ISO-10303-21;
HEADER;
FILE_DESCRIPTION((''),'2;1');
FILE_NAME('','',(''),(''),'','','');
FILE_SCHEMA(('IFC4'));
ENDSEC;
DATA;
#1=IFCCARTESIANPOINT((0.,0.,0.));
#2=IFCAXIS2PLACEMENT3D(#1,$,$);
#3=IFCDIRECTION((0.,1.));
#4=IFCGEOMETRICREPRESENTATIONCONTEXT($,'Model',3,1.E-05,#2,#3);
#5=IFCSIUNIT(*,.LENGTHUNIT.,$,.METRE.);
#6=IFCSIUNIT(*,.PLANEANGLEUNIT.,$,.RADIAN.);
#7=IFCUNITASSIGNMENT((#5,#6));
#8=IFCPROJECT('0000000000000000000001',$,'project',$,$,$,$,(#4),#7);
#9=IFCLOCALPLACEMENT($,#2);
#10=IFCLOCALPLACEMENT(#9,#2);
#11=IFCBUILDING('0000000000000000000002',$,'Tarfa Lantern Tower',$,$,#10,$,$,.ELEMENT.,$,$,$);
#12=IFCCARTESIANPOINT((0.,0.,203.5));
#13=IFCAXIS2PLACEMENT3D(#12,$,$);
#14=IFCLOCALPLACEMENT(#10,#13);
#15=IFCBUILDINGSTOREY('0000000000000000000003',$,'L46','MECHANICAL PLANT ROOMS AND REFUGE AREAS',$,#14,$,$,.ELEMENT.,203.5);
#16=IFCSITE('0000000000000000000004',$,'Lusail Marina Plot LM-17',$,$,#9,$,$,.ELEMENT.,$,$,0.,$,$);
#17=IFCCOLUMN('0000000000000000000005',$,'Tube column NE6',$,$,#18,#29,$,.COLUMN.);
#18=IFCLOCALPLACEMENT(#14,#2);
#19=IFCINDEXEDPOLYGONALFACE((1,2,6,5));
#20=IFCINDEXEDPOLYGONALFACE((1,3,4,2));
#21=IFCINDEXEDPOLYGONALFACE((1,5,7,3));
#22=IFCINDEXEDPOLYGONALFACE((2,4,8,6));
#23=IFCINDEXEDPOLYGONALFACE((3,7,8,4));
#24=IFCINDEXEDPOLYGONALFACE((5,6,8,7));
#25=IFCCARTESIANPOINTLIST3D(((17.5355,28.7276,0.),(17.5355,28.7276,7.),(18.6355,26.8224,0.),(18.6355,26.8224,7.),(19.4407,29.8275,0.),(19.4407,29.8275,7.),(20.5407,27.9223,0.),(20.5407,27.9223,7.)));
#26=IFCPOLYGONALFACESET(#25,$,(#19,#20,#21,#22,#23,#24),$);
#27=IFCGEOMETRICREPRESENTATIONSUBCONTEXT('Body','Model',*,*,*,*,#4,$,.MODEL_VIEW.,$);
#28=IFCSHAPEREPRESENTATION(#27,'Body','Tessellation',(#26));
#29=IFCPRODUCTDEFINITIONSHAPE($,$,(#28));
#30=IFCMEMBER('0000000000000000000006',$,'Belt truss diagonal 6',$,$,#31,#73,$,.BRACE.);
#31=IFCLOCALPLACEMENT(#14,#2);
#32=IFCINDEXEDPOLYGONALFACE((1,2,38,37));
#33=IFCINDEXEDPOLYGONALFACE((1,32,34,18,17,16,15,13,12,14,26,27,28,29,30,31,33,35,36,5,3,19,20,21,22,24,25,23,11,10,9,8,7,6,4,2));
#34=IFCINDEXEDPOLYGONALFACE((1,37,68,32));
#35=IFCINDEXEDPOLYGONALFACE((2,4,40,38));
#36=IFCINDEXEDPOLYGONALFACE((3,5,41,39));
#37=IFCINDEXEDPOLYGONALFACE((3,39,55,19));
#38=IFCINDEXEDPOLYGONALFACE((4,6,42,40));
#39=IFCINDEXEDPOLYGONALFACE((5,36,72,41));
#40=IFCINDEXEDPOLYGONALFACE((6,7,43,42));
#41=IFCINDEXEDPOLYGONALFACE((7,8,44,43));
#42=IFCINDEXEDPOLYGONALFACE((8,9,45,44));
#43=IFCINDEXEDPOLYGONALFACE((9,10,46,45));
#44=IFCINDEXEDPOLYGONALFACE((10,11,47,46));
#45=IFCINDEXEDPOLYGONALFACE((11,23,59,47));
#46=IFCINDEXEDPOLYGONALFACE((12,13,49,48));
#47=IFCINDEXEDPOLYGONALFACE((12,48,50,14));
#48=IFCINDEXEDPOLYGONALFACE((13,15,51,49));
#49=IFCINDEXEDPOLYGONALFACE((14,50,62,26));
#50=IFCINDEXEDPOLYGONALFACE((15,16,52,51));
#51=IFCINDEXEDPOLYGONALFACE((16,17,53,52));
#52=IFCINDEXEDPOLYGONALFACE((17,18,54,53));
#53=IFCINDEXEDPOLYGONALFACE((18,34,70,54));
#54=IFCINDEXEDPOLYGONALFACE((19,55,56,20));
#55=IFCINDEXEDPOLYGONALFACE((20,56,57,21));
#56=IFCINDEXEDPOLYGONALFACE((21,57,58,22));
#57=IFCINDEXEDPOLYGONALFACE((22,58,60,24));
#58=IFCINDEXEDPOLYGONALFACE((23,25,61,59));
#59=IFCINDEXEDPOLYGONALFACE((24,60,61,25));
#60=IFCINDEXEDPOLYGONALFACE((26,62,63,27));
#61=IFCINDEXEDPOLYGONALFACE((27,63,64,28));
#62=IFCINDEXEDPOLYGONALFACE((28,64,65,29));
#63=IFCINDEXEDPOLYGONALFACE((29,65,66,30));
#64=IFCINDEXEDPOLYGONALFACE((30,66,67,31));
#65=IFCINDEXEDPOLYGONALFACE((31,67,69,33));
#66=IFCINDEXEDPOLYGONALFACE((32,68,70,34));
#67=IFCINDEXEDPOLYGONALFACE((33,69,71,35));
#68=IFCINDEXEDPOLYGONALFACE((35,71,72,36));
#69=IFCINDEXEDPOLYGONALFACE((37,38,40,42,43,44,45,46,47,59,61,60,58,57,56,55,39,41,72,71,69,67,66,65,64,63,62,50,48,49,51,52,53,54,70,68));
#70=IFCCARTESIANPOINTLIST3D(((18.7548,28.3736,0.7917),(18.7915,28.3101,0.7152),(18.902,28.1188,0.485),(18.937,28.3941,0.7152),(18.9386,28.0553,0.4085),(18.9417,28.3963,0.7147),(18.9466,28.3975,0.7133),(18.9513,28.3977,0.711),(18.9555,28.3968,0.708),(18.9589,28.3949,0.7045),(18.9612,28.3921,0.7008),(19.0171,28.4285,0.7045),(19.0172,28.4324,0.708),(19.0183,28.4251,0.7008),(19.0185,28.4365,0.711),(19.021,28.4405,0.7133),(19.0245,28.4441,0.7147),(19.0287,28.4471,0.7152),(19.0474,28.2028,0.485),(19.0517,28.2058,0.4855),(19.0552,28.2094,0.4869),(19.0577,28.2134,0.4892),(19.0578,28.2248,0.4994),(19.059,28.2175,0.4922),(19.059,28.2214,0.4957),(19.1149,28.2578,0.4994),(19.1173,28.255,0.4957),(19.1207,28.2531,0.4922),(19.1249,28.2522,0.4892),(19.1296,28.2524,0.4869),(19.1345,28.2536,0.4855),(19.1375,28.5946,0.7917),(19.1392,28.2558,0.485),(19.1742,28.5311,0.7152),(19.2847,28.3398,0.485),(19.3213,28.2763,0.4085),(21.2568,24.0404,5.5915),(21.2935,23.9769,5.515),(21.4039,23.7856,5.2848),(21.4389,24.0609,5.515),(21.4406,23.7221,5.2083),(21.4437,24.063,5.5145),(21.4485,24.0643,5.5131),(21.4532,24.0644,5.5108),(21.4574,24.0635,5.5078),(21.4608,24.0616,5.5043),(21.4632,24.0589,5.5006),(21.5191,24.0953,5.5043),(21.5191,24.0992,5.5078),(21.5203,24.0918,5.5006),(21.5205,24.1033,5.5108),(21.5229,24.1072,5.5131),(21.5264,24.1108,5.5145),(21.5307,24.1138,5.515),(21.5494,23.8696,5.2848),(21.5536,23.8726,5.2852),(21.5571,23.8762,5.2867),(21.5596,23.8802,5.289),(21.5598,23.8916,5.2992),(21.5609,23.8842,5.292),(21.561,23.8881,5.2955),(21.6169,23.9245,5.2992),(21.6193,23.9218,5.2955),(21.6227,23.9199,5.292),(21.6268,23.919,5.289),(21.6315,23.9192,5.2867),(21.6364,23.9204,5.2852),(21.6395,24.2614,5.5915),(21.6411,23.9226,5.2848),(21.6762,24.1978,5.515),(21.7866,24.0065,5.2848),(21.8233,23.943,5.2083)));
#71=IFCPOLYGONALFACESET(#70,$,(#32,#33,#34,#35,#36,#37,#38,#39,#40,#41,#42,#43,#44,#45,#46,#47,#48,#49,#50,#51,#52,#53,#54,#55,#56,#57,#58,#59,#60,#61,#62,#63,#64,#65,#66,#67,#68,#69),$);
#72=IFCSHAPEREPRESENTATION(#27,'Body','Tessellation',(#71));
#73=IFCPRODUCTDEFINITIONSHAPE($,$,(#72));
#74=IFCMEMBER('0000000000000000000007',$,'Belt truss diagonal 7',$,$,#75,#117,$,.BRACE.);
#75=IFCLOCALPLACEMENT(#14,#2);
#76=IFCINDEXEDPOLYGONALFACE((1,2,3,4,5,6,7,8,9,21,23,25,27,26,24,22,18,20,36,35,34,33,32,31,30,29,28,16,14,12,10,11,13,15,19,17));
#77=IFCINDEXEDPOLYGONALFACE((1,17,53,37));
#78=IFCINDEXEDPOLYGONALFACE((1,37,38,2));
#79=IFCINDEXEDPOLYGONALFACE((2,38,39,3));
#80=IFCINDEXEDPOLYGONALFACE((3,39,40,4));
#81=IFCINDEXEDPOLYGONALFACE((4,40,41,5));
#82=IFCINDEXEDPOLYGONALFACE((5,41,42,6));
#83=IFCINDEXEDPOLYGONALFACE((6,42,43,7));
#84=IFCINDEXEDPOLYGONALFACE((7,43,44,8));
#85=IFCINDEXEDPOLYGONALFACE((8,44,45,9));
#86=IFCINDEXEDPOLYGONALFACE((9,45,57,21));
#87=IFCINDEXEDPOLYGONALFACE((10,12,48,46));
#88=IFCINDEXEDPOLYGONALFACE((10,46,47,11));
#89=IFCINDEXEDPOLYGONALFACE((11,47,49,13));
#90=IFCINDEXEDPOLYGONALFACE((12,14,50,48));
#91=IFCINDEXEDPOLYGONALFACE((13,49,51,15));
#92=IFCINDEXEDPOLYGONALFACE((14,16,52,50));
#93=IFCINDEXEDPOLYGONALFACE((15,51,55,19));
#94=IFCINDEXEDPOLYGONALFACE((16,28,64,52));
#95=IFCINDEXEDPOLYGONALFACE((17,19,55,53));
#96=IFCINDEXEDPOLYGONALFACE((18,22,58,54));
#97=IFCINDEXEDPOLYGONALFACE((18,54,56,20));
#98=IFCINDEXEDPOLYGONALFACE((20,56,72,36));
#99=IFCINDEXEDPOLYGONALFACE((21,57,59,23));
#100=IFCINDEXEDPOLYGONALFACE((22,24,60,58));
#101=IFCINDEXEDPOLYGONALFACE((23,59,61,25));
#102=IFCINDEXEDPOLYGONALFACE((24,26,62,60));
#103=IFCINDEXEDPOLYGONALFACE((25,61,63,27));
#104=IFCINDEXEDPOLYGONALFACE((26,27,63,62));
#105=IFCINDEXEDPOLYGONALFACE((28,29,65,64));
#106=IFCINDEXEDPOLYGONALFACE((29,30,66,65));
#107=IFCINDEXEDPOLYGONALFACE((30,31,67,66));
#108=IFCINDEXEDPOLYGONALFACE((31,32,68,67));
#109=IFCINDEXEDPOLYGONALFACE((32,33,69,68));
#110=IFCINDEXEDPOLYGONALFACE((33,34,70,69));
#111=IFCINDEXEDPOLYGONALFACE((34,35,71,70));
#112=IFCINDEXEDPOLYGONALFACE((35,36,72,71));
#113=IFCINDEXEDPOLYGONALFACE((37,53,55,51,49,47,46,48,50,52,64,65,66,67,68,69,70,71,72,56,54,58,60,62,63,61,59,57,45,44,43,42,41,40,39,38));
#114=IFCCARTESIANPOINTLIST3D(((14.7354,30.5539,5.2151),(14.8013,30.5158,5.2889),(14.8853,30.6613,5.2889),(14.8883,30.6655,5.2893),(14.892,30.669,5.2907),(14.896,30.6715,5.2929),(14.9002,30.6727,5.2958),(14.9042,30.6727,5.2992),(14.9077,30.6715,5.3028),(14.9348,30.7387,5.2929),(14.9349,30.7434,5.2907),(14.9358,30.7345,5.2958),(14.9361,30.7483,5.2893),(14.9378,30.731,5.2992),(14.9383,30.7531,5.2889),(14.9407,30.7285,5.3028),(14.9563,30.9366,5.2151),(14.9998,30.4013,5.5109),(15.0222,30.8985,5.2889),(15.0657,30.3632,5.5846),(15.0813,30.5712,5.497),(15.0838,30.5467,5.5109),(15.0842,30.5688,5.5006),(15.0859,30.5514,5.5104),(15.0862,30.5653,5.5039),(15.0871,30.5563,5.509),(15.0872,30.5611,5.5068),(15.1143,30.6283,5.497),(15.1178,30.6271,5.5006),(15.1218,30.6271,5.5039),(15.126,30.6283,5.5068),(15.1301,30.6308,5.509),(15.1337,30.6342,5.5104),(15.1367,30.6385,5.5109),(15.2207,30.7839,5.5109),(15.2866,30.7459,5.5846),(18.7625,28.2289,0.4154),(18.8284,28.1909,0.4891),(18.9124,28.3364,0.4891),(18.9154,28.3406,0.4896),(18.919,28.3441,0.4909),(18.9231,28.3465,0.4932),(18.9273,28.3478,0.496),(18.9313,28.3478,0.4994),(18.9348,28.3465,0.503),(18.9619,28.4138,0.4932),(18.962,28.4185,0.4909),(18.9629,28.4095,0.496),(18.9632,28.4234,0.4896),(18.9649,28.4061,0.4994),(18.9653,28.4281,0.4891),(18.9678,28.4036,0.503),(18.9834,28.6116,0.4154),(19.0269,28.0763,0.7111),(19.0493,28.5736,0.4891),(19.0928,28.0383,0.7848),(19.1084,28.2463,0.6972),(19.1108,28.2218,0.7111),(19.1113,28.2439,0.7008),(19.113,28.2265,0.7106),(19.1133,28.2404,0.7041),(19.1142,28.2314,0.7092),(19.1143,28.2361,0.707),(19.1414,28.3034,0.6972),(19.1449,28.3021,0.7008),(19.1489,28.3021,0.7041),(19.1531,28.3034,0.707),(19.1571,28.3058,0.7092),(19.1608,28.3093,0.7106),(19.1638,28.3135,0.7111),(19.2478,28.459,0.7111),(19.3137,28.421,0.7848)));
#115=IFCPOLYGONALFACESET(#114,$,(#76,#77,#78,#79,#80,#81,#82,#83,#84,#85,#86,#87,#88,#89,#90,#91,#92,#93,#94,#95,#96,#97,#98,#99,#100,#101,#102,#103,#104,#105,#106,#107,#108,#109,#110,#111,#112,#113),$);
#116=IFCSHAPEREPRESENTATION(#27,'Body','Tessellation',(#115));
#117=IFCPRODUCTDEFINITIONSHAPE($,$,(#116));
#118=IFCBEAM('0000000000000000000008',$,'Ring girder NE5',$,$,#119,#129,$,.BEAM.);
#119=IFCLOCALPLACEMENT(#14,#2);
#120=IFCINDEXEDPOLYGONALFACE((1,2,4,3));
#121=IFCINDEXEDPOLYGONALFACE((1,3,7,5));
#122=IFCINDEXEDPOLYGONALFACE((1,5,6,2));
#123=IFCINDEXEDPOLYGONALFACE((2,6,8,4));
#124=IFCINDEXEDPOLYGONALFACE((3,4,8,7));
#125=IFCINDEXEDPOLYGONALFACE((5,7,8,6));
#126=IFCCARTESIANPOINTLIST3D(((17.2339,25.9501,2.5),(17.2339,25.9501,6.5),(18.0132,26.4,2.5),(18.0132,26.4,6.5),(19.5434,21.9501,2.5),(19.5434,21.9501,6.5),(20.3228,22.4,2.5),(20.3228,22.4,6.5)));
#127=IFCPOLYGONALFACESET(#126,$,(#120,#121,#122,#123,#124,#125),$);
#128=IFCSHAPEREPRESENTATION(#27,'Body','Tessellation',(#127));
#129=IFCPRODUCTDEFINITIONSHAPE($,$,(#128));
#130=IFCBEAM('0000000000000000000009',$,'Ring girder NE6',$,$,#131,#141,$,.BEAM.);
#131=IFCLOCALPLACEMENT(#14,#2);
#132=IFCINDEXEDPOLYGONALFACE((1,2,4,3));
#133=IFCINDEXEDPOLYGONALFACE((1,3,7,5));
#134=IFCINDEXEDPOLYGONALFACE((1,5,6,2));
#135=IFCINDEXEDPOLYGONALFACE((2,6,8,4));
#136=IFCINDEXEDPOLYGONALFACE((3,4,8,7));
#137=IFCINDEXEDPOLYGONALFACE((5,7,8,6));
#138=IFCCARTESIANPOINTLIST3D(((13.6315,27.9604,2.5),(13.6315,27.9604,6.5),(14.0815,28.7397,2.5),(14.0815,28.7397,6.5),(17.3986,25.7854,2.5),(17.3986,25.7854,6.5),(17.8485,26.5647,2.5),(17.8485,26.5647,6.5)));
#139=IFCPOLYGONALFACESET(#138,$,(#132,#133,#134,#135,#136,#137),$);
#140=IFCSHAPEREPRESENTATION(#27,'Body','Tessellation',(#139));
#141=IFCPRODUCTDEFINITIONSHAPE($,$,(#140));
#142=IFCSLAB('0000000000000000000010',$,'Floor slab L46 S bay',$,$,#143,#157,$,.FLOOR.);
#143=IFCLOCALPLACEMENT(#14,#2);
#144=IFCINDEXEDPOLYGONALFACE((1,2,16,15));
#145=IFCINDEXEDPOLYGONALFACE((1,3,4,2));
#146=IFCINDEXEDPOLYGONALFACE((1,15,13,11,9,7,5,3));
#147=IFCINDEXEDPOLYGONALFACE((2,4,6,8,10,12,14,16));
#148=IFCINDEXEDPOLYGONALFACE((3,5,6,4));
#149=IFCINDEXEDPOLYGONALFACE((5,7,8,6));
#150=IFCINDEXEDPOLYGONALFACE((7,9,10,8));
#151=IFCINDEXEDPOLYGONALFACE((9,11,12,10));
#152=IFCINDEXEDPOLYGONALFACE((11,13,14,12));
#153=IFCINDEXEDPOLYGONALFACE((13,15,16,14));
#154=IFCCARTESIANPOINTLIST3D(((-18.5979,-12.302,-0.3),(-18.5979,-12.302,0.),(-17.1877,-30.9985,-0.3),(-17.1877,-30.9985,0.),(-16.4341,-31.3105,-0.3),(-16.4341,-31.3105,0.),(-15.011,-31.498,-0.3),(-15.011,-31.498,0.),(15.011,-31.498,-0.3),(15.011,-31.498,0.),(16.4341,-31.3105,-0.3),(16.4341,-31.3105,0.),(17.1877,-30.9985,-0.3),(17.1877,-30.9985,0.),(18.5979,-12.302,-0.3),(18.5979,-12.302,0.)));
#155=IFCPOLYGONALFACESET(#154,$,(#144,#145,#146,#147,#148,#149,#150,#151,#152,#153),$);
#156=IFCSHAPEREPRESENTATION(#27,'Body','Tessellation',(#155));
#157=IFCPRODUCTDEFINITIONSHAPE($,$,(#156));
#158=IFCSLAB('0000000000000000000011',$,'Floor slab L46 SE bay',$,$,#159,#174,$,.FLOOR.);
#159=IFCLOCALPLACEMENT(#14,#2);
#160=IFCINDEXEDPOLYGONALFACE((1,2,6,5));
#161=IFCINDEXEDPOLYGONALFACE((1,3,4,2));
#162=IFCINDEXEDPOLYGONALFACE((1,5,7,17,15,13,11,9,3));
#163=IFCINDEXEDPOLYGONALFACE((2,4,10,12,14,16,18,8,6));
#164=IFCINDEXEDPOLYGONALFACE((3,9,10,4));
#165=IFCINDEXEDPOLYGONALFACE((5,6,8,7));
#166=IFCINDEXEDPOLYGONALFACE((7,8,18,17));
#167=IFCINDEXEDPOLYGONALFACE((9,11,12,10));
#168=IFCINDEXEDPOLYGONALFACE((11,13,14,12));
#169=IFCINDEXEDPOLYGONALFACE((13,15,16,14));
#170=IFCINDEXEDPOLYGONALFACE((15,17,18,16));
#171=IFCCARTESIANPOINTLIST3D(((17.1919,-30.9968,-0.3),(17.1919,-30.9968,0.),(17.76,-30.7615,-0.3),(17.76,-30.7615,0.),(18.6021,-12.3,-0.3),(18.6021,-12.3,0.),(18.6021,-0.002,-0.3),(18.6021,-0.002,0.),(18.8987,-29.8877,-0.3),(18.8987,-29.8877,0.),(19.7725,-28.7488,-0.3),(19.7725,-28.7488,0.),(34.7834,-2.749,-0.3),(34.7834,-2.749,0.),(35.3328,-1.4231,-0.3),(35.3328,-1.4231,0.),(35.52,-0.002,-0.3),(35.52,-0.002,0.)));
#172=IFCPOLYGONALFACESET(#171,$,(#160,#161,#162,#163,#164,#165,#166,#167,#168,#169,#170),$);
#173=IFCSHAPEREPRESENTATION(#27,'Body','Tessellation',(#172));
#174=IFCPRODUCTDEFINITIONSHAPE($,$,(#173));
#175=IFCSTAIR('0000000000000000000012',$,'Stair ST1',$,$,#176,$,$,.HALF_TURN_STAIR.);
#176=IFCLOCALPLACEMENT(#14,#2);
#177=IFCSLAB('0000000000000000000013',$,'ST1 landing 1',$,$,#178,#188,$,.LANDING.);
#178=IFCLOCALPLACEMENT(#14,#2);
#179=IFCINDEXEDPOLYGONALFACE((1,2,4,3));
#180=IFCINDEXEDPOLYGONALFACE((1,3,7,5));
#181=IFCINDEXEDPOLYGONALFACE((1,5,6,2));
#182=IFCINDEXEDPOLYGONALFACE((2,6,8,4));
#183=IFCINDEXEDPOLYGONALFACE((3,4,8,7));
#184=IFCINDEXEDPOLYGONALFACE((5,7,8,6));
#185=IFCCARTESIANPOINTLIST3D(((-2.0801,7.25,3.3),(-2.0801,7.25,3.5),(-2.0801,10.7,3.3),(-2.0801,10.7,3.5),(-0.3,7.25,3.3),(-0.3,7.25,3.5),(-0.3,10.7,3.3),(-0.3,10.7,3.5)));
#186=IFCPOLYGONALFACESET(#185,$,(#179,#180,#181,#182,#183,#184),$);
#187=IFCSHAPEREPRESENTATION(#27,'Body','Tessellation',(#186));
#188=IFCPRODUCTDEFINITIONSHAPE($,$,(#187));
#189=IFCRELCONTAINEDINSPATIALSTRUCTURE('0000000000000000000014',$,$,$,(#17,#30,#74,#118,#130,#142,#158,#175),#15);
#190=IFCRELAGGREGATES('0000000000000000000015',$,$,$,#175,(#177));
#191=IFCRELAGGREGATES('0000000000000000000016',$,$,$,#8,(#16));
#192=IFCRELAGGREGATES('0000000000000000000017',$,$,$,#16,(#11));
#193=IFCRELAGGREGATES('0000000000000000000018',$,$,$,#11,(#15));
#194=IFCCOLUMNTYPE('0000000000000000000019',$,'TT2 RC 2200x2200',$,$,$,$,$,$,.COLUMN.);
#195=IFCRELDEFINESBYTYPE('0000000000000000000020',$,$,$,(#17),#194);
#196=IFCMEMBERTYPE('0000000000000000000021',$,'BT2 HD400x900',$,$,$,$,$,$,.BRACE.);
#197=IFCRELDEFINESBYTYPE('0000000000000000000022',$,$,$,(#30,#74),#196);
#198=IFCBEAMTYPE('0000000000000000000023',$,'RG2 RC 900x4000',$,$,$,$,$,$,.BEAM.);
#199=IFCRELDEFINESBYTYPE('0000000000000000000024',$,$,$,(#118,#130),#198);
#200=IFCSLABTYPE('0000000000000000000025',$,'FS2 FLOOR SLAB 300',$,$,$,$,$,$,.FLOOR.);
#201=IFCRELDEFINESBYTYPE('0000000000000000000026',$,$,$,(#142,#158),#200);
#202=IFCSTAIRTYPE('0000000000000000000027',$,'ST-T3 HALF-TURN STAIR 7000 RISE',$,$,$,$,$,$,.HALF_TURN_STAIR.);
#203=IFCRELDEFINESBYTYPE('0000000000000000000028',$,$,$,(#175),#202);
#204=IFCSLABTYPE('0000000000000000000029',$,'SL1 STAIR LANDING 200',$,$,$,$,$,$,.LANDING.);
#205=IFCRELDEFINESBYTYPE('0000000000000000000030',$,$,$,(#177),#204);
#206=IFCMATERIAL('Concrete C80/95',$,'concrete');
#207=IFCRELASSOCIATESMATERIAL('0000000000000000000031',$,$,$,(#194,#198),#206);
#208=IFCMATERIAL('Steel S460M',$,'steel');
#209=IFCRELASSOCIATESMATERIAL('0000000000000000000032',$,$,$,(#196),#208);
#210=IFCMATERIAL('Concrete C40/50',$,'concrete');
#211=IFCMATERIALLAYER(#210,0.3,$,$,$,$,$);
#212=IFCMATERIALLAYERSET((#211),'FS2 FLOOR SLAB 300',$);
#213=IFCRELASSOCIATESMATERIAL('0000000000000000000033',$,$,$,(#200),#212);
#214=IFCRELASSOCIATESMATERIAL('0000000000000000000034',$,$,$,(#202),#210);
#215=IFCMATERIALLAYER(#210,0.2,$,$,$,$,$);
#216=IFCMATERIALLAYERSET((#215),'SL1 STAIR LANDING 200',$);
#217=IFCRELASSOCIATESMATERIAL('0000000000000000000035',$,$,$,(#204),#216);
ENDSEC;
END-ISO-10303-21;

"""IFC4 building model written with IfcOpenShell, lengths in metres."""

from ifc_helpers import new_model, si_unit, direction, frame, origin, origin_2d, place, context, subcontext, project, spatial, polyline, rectangle, i_section, outline, extrude, material, layer, layer_set, material_profile, profile_set, type_object, element, aggregate, save


model = new_model("IFC4")

# Units and contexts
model_context = context("Model", 3, precision=1e-05, world=origin(), true_north=direction((0.0, 1.0)))
body_context = subcontext(model_context, "Body", "Model", "MODEL_VIEW")
ifc_project = project(units=[si_unit("LENGTHUNIT", "METRE"), si_unit("PLANEANGLEUNIT", "RADIAN")], contexts=[model_context])

# Site, building, storey
site_placement = place(None, origin())
site = spatial("IfcSite", under=ifc_project, at=site_placement, Name="Lusail Marina Plot LM-17", CompositionType="ELEMENT", RefElevation=0.0)
building_placement = place(site_placement, origin())
building = spatial("IfcBuilding", under=site, at=building_placement, Name="Tarfa Lantern Tower", CompositionType="ELEMENT")
storey_placement = place(building_placement, frame((0.0, 0.0, 203.5)))
storey = spatial("IfcBuildingStorey", under=building, at=storey_placement, Name="L46", Description="MECHANICAL PLANT ROOMS AND REFUGE AREAS", CompositionType="ELEMENT", Elevation=203.5)

# Column
ifc_material_1 = material(Name="Concrete C80/95", Category="concrete")
ifc_material_profile_1 = material_profile(ifc_material_1, rectangle(XDim=2.2, YDim=2.2, at=origin_2d()), Name="RC 2200x2200")
ifc_profile_set_1 = profile_set([ifc_material_profile_1], Name="Concrete C80/95")
column_type = type_object("IfcColumnType", Name="TT2 RC 2200x2200", PredefinedType="COLUMN", material=ifc_profile_set_1)
column_placement = place(storey_placement, frame((19.0381, 28.325, 0.0), z_axis=(0.0, 0.0, 1.0), x_axis=(-0.5, 0.866025, 0.0)))
element("IfcColumn", 1, at=column_placement, inside=storey, type_object=column_type, Name="Tube column NE6", PredefinedType="COLUMN", context=body_context, shape_type="SweptSolid", body=[
    extrude(rectangle(XDim=2.2, YDim=2.2, at=origin_2d()), origin(), (0.0, 0.0, 1.0), 7.0),
])

# Members
ifc_material_2 = material(Name="Steel S460M", Category="steel")
ifc_material_profile_2 = material_profile(ifc_material_2, i_section(OverallWidth=0.4419, OverallDepth=0.531, WebThickness=0.0659, FlangeThickness=0.106, FilletRadius=0.02, at=origin_2d()), Name="HD400x900")
ifc_profile_set_2 = profile_set([ifc_material_profile_2], Name="Steel S460M")
member_type = type_object("IfcMemberType", Name="BT2 HD400x900", PredefinedType="BRACE", material=ifc_profile_set_2)
member_1_placement = place(storey_placement, frame((19.0381, 28.325, 0.6001), z_axis=(0.360844, -0.624963, 0.692252), x_axis=(0.866013, 0.500022, 0.0)))
element("IfcMember", 2, at=member_1_placement, inside=storey, type_object=member_type, Name="Belt truss diagonal 6", PredefinedType="BRACE", context=body_context, shape_type="SweptSolid", body=[
    extrude(i_section(OverallWidth=0.4419, OverallDepth=0.531, WebThickness=0.0659, FlangeThickness=0.106, FilletRadius=0.02, at=origin_2d()), origin(), (0.0, 0.0, 1.0), 6.9336),
])
member_2_placement = place(storey_placement, frame((19.0381, 28.325, 0.6001), z_axis=(-0.602598, 0.347896, 0.718223), x_axis=(-0.499985, -0.866034, 0.0)))
element("IfcMember", 3, at=member_2_placement, inside=storey, type_object=member_type, Name="Belt truss diagonal 7", PredefinedType="BRACE", context=body_context, shape_type="SweptSolid", body=[
    extrude(i_section(OverallWidth=0.4419, OverallDepth=0.531, WebThickness=0.0659, FlangeThickness=0.106, FilletRadius=0.02, at=origin_2d()), origin(), (0.0, 0.0, 1.0), 6.6829),
])

# Beams
ifc_material_profile_3 = material_profile(ifc_material_1, rectangle(XDim=0.8999, YDim=4.0, at=origin_2d()), Name="RC 900x4000")
ifc_profile_set_3 = profile_set([ifc_material_profile_3], Name="Concrete C80/95")
beam_type = type_object("IfcBeamType", Name="RG2 RC 900x4000", PredefinedType="BEAM", material=ifc_profile_set_3)
beam_1_placement = place(storey_placement, frame((19.9331, 22.175, 4.5), z_axis=(-0.500027, 0.86601, 0.0), x_axis=(-0.86601, -0.500027, 0.0)))
element("IfcBeam", 4, at=beam_1_placement, inside=storey, type_object=beam_type, Name="Ring girder NE5", PredefinedType="BEAM", context=body_context, shape_type="SweptSolid", body=[
    extrude(rectangle(XDim=0.8999, YDim=4.0, at=origin_2d()), origin(), (0.0, 0.0, 1.0), 4.6189),
])
beam_2_placement = place(storey_placement, frame((17.6235, 26.175, 4.5), z_axis=(-0.866014, 0.50002, 0.0), x_axis=(-0.50002, -0.866014, 0.0)))
element("IfcBeam", 5, at=beam_2_placement, inside=storey, type_object=beam_type, Name="Ring girder NE6", PredefinedType="BEAM", context=body_context, shape_type="SweptSolid", body=[
    extrude(rectangle(XDim=0.8999, YDim=4.0, at=origin_2d()), origin(), (0.0, 0.0, 1.0), 4.3499),
])

# Slabs
ifc_material_3 = material(Name="Concrete C40/50", Category="concrete")
ifc_layer_1 = layer(ifc_material_3, 0.3)
ifc_layer_set_1 = layer_set([ifc_layer_1], Name="FS2 FLOOR SLAB 300")
slab_type_1 = type_object("IfcSlabType", Name="FS2 FLOOR SLAB 300", PredefinedType="FLOOR", material=ifc_layer_set_1)
slab_1_placement = place(storey_placement, frame((0.0, 0.0, -0.3)))
element("IfcSlab", 6, at=slab_1_placement, inside=storey, type_object=slab_type_1, Name="Floor slab L46 S bay", PredefinedType="FLOOR", context=body_context, shape_type="SweptSolid", body=[
    extrude(outline(polyline([(18.5979, -12.302), (-18.5979, -12.302), (-17.1877, -30.9985), (-16.4341, -31.3105), (-15.011, -31.498), (15.011, -31.498), (16.4341, -31.3105), (17.1877, -30.9985), (18.5979, -12.302)])), origin(), (0.0, 0.0, 1.0), 0.3),
])
slab_2_placement = place(storey_placement, frame((0.0, 0.0, -0.3)))
element("IfcSlab", 7, at=slab_2_placement, inside=storey, type_object=slab_type_1, Name="Floor slab L46 SE bay", PredefinedType="FLOOR", context=body_context, shape_type="SweptSolid", body=[
    extrude(outline(polyline([(18.6021, -0.002), (18.6021, -12.3), (17.1919, -30.9968), (17.76, -30.7615), (18.8987, -29.8877), (19.7725, -28.7488), (34.7834, -2.749), (35.3328, -1.4231), (35.52, -0.002), (18.6021, -0.002)])), origin(), (0.0, 0.0, 1.0), 0.3),
])

# Stair, slab
stair_type = type_object("IfcStairType", Name="ST-T3 HALF-TURN STAIR 7000 RISE", PredefinedType="HALF_TURN_STAIR", material=ifc_material_3)
stair_1_placement = place(storey_placement, origin())
stair_1 = element("IfcStair", 8, at=stair_1_placement, inside=storey, type_object=stair_type, Name="Stair ST1", PredefinedType="HALF_TURN_STAIR")
ifc_layer_2 = layer(ifc_material_3, 0.2)
ifc_layer_set_2 = layer_set([ifc_layer_2], Name="SL1 STAIR LANDING 200")
slab_type_2 = type_object("IfcSlabType", Name="SL1 STAIR LANDING 200", PredefinedType="LANDING", material=ifc_layer_set_2)
slab_3_placement = place(storey_placement, frame((0.0, 0.0, 3.3)))
slab_3 = element("IfcSlab", 9, at=slab_3_placement, type_object=slab_type_2, Name="ST1 landing 1", PredefinedType="LANDING", context=body_context, shape_type="SweptSolid", body=[
    extrude(outline(polyline([(-2.0801, 7.25), (-0.3, 7.25), (-0.3, 10.7), (-2.0801, 10.7), (-2.0801, 7.25)])), origin(), (0.0, 0.0, 1.0), 0.2),
])
aggregate(stair_1, [slab_3])

save(model, "model.ifc")
